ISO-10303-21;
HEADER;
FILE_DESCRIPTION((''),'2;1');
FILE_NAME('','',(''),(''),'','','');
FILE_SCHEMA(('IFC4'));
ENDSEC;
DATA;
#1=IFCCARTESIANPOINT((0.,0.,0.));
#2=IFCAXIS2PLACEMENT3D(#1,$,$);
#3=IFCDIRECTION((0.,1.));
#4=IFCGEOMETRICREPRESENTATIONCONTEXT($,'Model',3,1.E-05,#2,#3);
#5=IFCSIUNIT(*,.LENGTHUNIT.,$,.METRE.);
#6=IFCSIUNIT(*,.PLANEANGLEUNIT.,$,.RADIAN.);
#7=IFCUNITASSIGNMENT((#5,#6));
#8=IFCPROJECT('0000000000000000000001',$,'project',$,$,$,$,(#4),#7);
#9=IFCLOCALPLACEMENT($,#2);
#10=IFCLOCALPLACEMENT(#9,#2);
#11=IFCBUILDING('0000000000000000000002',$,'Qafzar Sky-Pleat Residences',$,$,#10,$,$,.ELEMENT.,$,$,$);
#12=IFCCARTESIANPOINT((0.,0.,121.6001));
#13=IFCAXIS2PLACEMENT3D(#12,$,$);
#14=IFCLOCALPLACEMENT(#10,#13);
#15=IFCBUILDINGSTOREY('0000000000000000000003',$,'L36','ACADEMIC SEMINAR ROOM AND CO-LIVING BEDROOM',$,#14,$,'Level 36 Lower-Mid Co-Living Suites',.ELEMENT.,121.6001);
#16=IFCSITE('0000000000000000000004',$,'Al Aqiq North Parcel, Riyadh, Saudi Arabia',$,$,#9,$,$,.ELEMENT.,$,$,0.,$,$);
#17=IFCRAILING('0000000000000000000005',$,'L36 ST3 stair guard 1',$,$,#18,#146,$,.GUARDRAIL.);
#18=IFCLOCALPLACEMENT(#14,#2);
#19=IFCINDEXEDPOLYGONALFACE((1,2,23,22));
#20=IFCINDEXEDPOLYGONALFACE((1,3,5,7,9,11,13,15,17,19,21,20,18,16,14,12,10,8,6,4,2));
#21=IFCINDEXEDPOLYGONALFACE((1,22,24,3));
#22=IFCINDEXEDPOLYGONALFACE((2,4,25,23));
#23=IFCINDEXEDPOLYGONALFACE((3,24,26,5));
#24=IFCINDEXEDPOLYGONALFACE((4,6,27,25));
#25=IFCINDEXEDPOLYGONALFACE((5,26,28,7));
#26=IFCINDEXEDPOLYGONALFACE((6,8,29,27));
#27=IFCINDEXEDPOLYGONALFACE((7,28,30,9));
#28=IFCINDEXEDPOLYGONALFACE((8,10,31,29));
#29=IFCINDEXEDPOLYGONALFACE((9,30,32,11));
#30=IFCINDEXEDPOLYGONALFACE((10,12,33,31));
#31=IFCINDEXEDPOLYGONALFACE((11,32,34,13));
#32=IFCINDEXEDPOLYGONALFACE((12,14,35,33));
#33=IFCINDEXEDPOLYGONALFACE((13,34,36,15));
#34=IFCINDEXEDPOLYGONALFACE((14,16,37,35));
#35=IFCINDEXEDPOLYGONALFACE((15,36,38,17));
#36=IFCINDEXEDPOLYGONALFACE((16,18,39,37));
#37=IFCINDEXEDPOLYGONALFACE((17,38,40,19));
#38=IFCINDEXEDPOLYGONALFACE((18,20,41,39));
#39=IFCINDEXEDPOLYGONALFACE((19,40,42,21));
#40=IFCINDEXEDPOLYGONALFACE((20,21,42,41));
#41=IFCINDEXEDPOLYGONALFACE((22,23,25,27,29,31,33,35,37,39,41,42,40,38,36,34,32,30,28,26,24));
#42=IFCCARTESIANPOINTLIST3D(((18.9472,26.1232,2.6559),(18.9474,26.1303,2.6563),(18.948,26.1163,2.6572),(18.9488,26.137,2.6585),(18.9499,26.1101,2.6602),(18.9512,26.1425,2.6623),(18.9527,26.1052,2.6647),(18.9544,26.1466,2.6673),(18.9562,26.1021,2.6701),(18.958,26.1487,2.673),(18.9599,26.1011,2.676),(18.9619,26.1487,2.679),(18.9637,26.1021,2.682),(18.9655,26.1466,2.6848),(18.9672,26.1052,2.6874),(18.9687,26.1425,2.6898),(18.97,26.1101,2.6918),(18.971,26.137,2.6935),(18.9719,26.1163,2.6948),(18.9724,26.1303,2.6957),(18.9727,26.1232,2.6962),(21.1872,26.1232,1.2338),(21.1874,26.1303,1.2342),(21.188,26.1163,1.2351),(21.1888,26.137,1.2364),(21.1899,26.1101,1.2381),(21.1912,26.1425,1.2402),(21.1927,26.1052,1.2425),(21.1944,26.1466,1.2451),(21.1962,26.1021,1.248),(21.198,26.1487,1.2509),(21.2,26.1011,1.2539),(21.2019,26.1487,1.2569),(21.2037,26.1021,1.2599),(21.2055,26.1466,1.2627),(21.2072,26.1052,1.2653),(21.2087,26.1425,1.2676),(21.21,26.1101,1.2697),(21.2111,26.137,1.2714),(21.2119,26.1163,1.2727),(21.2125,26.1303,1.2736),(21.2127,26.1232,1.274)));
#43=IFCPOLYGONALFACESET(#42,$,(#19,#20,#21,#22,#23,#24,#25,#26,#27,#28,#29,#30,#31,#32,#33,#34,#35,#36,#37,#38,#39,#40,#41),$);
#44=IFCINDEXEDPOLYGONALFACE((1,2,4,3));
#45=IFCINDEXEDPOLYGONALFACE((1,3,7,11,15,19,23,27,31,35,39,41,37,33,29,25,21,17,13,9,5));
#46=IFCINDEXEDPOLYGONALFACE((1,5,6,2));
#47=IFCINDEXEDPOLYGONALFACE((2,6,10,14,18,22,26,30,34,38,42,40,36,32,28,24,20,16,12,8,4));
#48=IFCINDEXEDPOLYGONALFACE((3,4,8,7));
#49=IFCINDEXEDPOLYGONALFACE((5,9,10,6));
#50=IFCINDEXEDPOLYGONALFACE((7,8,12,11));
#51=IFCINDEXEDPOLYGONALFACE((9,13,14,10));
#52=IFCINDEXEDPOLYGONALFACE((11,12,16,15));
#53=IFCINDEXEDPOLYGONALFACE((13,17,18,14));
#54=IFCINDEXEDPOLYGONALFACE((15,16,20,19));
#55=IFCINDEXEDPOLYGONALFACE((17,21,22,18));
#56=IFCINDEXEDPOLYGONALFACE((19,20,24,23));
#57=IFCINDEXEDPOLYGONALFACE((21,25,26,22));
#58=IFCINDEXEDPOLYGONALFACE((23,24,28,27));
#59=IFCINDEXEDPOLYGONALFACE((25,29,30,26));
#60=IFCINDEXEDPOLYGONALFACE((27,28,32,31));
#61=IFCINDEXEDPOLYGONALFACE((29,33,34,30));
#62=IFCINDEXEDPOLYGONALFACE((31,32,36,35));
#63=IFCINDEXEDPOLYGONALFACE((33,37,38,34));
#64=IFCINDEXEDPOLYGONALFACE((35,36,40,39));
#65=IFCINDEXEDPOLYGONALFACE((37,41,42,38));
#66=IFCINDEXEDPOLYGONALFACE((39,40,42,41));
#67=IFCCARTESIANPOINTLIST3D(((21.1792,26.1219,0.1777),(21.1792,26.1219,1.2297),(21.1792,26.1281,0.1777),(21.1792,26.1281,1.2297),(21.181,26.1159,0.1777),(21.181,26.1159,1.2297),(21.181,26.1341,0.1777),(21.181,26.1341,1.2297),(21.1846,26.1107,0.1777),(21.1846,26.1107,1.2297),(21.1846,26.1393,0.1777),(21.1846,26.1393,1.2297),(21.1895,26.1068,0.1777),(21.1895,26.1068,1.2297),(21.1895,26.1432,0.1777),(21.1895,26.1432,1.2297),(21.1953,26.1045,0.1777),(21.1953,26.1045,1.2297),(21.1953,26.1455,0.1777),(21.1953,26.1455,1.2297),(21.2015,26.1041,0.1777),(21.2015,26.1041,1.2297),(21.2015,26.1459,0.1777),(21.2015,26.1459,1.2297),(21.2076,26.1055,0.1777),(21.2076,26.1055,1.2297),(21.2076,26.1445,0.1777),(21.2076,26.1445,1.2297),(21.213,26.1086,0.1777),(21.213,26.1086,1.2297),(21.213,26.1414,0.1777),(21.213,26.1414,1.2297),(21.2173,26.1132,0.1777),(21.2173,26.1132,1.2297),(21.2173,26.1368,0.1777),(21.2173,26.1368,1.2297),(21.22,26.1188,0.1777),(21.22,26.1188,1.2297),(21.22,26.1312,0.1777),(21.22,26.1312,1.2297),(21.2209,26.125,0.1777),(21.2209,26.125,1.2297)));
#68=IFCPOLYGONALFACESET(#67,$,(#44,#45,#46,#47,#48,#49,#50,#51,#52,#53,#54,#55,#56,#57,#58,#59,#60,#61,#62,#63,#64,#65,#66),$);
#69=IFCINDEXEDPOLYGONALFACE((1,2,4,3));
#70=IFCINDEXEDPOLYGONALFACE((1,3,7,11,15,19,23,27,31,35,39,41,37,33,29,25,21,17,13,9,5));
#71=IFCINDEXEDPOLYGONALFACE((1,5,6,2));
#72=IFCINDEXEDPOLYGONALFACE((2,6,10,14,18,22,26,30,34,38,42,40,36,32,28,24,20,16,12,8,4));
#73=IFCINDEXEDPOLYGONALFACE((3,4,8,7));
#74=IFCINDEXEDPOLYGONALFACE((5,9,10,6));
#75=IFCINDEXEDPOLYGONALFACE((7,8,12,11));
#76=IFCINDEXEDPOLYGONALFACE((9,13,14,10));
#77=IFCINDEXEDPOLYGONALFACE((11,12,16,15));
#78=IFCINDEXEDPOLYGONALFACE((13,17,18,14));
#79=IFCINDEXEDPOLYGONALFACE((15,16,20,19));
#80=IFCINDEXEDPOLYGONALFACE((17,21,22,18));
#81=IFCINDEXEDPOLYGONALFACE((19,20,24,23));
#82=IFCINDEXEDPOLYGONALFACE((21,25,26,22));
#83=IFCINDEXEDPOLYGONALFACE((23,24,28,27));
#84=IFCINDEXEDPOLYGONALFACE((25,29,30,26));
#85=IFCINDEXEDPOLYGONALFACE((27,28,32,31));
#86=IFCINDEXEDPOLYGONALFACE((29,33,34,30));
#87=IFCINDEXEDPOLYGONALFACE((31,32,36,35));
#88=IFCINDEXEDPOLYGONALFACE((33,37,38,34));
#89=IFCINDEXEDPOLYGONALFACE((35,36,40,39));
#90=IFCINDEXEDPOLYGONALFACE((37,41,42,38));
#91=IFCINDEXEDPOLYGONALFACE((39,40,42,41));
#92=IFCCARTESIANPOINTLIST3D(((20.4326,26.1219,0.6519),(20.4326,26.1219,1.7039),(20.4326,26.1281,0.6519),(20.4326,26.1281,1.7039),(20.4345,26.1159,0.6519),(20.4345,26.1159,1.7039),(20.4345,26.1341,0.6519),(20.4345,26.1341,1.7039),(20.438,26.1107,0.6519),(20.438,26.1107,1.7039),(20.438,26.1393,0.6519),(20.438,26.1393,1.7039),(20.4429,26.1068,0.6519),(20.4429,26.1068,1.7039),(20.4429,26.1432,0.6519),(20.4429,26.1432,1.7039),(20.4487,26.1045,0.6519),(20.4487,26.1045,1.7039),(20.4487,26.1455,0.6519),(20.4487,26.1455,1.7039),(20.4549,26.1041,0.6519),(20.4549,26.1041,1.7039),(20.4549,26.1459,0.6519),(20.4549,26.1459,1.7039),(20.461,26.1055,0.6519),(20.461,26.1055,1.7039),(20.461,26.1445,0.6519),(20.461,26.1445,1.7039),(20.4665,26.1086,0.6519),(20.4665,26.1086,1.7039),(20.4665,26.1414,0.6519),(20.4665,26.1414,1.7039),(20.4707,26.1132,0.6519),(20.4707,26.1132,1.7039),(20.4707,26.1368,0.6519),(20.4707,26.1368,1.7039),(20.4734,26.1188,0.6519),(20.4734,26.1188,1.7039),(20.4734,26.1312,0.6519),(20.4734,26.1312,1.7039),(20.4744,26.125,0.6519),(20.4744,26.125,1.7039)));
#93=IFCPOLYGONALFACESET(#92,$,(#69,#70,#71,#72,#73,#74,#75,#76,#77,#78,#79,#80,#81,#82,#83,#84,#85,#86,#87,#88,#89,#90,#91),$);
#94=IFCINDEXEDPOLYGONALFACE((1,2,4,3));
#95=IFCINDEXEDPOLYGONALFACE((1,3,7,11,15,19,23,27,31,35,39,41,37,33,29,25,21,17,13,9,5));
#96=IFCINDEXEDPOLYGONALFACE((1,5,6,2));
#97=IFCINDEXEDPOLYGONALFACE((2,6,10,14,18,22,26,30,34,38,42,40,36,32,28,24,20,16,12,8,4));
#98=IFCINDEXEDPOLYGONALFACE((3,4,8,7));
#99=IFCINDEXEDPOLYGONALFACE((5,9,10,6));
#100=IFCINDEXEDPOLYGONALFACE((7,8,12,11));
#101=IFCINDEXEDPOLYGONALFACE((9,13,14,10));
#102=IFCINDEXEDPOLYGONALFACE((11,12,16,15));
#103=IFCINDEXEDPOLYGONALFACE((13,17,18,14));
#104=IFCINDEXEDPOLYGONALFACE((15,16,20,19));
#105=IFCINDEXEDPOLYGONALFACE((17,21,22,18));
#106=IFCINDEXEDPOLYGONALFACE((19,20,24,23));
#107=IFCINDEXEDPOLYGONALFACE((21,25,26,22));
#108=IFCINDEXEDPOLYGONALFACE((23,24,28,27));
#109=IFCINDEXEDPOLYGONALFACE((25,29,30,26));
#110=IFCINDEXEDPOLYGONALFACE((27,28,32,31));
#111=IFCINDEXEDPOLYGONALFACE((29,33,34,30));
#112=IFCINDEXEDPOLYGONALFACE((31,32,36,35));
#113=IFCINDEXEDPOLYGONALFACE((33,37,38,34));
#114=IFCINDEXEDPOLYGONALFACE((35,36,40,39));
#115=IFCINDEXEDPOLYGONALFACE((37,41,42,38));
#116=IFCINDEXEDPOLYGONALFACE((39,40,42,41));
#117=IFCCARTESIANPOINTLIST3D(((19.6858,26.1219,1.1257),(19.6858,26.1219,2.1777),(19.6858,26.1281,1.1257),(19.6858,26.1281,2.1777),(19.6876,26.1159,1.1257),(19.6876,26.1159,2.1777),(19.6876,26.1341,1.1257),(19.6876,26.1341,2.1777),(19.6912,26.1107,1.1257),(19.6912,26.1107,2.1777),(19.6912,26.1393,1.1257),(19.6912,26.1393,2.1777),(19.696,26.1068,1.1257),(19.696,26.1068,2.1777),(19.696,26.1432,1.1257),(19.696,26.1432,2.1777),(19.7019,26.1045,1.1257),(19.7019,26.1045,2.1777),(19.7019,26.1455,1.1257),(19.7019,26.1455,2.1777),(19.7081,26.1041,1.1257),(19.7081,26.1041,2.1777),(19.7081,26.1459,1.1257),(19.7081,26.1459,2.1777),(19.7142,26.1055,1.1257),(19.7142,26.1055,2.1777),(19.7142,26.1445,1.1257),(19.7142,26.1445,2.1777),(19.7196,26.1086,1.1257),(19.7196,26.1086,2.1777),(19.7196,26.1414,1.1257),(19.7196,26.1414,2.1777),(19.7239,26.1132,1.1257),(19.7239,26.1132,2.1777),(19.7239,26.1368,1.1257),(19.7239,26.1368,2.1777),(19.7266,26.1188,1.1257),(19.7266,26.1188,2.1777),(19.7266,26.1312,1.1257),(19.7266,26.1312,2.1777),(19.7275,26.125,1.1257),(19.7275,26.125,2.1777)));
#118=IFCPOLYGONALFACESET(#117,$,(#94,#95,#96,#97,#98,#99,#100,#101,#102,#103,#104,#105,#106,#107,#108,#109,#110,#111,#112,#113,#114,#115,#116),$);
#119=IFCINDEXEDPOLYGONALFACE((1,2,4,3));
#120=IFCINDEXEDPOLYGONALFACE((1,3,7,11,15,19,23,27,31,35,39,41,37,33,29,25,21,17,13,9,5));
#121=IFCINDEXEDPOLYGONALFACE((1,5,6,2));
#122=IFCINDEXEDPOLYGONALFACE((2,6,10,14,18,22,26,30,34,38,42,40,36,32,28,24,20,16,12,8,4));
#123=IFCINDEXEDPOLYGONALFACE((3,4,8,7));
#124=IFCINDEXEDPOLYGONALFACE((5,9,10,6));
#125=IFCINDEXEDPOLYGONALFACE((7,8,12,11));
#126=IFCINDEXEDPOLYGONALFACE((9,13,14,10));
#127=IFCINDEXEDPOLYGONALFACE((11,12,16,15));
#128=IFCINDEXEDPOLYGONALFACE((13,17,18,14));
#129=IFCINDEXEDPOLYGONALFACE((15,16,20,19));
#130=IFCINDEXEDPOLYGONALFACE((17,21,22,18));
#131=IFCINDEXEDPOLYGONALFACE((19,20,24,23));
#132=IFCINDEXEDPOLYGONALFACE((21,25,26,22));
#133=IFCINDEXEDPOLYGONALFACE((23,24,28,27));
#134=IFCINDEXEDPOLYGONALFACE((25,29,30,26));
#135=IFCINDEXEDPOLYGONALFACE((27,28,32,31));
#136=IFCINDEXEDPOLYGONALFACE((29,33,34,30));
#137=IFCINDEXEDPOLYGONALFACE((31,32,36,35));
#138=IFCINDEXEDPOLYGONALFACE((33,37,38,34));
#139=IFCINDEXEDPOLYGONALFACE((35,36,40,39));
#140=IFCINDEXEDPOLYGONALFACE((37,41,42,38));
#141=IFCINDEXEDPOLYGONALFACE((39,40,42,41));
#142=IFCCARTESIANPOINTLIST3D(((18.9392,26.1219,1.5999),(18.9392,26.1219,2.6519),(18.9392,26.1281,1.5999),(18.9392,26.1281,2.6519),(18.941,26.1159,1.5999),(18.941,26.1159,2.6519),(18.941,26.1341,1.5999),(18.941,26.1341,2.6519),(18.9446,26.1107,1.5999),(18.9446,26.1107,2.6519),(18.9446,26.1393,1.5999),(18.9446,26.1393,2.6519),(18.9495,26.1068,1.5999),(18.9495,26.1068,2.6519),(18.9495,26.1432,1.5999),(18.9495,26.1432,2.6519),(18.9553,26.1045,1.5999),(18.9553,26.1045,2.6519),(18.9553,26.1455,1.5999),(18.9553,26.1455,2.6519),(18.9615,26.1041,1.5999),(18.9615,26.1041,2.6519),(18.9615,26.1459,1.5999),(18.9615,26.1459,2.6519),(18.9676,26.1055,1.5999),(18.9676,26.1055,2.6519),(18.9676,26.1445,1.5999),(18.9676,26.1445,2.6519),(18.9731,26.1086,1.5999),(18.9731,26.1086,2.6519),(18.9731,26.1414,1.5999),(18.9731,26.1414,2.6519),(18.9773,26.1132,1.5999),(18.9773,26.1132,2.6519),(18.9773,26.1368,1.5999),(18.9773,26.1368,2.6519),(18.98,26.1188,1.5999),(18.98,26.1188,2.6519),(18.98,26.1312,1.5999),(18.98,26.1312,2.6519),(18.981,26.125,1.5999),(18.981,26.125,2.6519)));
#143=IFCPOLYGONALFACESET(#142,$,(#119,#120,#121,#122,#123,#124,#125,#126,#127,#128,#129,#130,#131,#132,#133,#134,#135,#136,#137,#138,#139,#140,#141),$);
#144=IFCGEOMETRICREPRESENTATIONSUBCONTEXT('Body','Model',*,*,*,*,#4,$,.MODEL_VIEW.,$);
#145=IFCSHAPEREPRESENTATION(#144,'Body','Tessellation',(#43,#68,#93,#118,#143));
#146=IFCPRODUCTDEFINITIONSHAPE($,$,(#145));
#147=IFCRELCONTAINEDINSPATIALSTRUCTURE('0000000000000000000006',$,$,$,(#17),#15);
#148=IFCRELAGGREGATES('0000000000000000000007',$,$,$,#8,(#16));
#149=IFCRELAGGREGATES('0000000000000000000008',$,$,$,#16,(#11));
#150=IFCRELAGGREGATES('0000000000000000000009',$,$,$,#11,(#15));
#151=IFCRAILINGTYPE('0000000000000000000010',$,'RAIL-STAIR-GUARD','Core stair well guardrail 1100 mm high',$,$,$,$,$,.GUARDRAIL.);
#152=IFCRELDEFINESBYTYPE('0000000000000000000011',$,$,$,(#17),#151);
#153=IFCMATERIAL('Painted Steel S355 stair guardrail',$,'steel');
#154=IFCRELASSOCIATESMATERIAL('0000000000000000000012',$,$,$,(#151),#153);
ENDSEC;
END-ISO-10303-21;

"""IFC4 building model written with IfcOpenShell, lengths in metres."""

from ifc_helpers import new_model, si_unit, direction, frame, origin, origin_2d, place, context, subcontext, project, spatial, circle, extrude, source, transform, mapped, material, type_object, element, save


model = new_model("IFC4")

# Units and contexts
model_context = context("Model", 3, precision=1e-05, world=origin(), true_north=direction((0.0, 1.0)))
body_context = subcontext(model_context, "Body", "Model", "MODEL_VIEW")
ifc_project = project(units=[si_unit("LENGTHUNIT", "METRE"), si_unit("PLANEANGLEUNIT", "RADIAN")], contexts=[model_context])

# Site, building, storey
site_placement = place(None, origin())
site = spatial("IfcSite", under=ifc_project, at=site_placement, Name="Al Aqiq North Parcel, Riyadh, Saudi Arabia", CompositionType="ELEMENT", RefElevation=0.0)
building_placement = place(site_placement, origin())
building = spatial("IfcBuilding", under=site, at=building_placement, Name="Qafzar Sky-Pleat Residences", CompositionType="ELEMENT")
storey_placement = place(building_placement, frame((0.0, 0.0, 121.6001)))
storey = spatial("IfcBuildingStorey", under=building, at=storey_placement, Name="L36", Description="ACADEMIC SEMINAR ROOM AND CO-LIVING BEDROOM", LongName="Level 36 Lower-Mid Co-Living Suites", CompositionType="ELEMENT", Elevation=121.6001)

# Railing
ifc_material_1 = material(Name="Painted Steel S355 stair guardrail", Category="steel")
railing_type_1 = type_object("IfcRailingType", Name="RAIL-STAIR-GUARD", Description="Core stair well guardrail 1100 mm high", PredefinedType="GUARDRAIL", material=ifc_material_1)
shared_shape_1 = source(origin(), body_context, "Body", "SweptSolid", [
    extrude(circle(Radius=0.0239, at=origin_2d()), frame((0.0, 0.0, 1.0762), z_axis=(-0.844229, 0.0, 0.535982), x_axis=(0.0, -1.0, 0.0)), (0.0, 0.0, 1.0), 2.6533),
    extrude(circle(Radius=0.021, at=origin_2d()), origin(), (0.0, 0.0, 1.0), 1.052),
    extrude(circle(Radius=0.021, at=origin_2d()), frame((-0.7466, 0.0, 0.4741)), (0.0, 0.0, 1.0), 1.052),
    extrude(circle(Radius=0.021, at=origin_2d()), frame((-1.4934, 0.0, 0.948)), (0.0, 0.0, 1.0), 1.052),
    extrude(circle(Radius=0.021, at=origin_2d()), frame((-2.24, 0.0, 1.4221)), (0.0, 0.0, 1.0), 1.052),
])
railing_1_placement = place(storey_placement, frame((21.2, 26.125, 0.1777)))
element("IfcRailing", 1, at=railing_1_placement, inside=storey, type_object=railing_type_1, Name="L36 ST3 stair guard 1", PredefinedType="GUARDRAIL", context=body_context, shape_type="MappedRepresentation", body=[
    mapped(shared_shape_1, transform((0.0, 0.0, 0.0), x_axis=(1.0, 0.0, 0.0), y_axis=(0.0, 1.0, 0.0), z_axis=(0.0, 0.0, 1.0), scale=1.0)),
])

save(model, "model.ifc")
